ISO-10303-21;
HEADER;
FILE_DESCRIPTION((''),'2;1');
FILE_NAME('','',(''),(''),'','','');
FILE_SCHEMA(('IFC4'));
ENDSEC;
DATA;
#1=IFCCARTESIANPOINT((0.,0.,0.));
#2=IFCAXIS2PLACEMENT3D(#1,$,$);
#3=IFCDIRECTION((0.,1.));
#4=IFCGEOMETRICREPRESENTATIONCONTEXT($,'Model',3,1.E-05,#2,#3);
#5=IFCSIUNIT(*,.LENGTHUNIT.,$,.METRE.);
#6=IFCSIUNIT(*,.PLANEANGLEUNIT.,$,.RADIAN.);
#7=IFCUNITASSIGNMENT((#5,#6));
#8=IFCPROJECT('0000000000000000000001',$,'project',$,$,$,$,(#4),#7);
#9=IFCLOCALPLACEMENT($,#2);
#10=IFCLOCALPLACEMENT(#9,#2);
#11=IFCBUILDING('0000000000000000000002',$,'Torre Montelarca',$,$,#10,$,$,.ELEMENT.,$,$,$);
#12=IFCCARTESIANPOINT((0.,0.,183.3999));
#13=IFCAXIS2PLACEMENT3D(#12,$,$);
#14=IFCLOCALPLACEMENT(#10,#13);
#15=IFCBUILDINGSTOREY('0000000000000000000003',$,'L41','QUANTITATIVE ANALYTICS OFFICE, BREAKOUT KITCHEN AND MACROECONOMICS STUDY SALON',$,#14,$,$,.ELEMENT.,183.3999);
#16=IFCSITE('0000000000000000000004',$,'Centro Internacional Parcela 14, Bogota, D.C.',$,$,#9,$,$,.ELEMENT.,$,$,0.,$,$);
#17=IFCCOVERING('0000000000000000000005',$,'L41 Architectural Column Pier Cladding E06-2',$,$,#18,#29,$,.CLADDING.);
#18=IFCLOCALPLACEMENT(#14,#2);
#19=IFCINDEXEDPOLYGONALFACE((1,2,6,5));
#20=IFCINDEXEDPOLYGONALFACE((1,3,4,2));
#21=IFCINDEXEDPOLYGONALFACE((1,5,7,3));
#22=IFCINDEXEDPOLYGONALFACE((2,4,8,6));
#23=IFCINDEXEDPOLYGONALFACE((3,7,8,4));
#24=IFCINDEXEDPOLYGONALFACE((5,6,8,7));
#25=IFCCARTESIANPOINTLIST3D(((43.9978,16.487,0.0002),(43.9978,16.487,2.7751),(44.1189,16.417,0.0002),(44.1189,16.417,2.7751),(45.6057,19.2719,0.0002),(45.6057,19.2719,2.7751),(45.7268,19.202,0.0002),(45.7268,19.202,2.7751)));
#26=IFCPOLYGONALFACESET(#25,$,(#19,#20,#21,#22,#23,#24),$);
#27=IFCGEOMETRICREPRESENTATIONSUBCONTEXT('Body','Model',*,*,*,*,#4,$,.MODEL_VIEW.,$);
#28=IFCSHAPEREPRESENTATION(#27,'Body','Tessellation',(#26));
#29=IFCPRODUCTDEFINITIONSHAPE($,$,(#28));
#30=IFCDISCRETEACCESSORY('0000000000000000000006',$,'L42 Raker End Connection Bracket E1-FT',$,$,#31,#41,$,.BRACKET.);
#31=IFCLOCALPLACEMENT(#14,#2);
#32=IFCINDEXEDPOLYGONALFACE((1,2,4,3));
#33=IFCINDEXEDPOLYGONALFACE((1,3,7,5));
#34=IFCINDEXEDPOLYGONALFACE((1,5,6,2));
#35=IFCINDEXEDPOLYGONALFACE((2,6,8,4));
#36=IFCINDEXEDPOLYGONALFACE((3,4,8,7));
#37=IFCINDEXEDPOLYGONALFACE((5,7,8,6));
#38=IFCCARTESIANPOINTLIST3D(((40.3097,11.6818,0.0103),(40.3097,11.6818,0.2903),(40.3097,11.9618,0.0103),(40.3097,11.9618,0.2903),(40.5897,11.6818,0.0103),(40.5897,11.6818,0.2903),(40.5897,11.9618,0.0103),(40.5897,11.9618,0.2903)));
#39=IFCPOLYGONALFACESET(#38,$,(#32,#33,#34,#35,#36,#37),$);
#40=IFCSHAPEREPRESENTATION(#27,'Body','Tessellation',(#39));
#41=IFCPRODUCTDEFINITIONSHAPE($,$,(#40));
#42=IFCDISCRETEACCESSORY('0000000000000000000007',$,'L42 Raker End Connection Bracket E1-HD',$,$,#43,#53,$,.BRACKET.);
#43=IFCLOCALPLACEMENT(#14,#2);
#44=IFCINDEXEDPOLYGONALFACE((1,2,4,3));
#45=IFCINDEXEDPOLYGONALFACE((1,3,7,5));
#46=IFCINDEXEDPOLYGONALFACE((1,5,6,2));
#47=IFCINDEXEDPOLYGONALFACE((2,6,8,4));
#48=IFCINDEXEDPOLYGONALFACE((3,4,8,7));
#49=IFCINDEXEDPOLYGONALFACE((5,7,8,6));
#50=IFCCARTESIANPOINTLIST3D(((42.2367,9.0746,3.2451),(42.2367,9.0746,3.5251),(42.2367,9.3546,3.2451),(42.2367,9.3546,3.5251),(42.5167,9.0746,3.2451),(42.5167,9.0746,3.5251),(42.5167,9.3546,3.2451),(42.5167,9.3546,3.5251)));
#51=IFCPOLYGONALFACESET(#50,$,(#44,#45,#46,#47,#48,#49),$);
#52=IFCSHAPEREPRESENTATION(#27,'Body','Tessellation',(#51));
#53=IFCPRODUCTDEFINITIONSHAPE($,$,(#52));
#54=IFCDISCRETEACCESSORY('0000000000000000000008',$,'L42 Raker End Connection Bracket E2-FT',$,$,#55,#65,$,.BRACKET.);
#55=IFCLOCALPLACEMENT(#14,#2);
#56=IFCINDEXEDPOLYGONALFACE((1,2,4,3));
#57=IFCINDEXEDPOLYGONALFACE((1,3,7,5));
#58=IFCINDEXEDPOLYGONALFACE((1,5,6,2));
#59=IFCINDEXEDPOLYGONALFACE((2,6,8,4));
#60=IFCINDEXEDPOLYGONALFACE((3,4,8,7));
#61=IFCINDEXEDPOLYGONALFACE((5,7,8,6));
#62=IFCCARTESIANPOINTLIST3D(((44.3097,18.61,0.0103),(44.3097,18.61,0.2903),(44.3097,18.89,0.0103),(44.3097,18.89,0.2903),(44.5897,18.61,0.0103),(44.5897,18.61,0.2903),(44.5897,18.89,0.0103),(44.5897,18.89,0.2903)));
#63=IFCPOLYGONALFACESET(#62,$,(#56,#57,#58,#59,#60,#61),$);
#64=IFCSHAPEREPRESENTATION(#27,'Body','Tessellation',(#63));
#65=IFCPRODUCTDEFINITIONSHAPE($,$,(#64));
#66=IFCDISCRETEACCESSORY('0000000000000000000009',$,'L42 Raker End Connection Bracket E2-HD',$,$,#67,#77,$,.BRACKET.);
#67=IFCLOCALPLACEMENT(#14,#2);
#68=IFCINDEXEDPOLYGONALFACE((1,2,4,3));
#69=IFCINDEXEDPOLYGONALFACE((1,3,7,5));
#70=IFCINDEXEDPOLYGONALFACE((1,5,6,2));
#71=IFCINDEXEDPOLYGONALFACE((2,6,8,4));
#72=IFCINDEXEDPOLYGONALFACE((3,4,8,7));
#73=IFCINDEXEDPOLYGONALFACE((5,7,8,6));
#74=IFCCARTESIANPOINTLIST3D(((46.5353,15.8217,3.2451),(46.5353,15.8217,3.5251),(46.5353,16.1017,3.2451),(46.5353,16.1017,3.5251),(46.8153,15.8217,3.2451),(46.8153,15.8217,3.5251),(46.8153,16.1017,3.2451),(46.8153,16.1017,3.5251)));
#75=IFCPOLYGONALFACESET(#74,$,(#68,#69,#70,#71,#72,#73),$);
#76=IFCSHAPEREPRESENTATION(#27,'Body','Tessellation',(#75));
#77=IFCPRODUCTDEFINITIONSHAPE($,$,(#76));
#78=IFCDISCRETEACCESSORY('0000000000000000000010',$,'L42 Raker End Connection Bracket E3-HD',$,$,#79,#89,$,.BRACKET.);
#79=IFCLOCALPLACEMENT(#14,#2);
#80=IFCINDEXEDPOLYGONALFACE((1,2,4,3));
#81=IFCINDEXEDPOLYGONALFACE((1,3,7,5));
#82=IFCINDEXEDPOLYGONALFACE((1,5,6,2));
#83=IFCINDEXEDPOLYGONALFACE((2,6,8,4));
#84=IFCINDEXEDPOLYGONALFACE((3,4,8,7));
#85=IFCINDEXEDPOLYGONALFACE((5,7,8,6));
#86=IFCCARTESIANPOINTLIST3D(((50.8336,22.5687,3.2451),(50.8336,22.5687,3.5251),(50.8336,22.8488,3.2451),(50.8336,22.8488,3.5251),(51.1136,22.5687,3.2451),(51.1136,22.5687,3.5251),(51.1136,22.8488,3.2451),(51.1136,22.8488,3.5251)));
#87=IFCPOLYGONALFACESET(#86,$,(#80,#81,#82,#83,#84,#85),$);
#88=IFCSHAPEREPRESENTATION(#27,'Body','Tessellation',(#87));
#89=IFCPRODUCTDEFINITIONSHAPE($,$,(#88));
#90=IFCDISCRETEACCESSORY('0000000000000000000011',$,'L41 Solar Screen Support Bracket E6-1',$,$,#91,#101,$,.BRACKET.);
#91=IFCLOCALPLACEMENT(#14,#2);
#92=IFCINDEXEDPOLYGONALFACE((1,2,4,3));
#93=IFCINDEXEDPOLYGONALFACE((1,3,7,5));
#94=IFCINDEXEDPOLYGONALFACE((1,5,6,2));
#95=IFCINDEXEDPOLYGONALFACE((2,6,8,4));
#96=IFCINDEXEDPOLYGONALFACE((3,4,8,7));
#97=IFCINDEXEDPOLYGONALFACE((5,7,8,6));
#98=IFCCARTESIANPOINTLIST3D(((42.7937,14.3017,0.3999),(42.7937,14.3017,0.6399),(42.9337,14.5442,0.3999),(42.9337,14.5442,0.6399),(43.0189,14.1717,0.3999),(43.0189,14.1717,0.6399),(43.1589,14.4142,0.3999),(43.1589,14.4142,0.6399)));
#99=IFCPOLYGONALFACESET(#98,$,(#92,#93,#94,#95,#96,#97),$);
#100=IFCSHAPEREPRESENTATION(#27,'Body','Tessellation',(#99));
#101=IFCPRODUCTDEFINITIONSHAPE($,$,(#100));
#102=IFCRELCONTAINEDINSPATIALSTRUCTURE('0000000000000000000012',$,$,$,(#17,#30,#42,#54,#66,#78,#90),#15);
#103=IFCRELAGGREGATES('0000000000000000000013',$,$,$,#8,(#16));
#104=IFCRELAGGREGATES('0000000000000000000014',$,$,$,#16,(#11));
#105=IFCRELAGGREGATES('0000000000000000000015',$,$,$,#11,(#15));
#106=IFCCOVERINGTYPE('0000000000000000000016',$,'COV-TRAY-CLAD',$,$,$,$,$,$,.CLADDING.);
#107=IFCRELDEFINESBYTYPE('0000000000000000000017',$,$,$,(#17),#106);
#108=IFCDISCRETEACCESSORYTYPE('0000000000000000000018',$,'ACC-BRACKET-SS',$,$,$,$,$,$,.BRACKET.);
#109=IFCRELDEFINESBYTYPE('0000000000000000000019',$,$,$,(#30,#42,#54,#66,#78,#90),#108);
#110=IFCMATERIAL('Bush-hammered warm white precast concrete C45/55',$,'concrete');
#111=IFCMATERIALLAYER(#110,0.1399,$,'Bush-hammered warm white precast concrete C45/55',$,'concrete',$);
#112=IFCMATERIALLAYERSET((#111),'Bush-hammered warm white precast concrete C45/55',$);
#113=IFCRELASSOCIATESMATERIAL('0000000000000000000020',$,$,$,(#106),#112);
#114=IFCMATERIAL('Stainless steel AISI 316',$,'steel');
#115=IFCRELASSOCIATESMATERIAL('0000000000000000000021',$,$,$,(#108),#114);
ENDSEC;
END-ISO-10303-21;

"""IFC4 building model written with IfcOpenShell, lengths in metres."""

from ifc_helpers import new_model, si_unit, direction, frame, origin, origin_2d, place, context, subcontext, project, spatial, rectangle, extrude, source, transform, mapped, material, layer, layer_set, type_object, element, save


model = new_model("IFC4")

# Units and contexts
model_context = context("Model", 3, precision=1e-05, world=origin(), true_north=direction((0.0, 1.0)))
body_context = subcontext(model_context, "Body", "Model", "MODEL_VIEW")
ifc_project = project(units=[si_unit("LENGTHUNIT", "METRE"), si_unit("PLANEANGLEUNIT", "RADIAN")], contexts=[model_context])

# Site, building, storey
site_placement = place(None, origin())
site = spatial("IfcSite", under=ifc_project, at=site_placement, Name="Centro Internacional Parcela 14, Bogota, D.C.", CompositionType="ELEMENT", RefElevation=0.0)
building_placement = place(site_placement, origin())
building = spatial("IfcBuilding", under=site, at=building_placement, Name="Torre Montelarca", CompositionType="ELEMENT")
storey_placement = place(building_placement, frame((0.0, 0.0, 183.3999)))
storey = spatial("IfcBuildingStorey", under=building, at=storey_placement, Name="L41", Description="QUANTITATIVE ANALYTICS OFFICE, BREAKOUT KITCHEN AND MACROECONOMICS STUDY SALON", CompositionType="ELEMENT", Elevation=183.3999)

# Shared definitions
ifc_material_1 = material(Name="Bush-hammered warm white precast concrete C45/55", Category="concrete")
ifc_layer_1 = layer(ifc_material_1, 0.1399, Name="Bush-hammered warm white precast concrete C45/55", Category="concrete")
ifc_layer_set_1 = layer_set([ifc_layer_1], Name="Bush-hammered warm white precast concrete C45/55")
covering_type = type_object("IfcCoveringType", Name="COV-TRAY-CLAD", PredefinedType="CLADDING", material=ifc_layer_set_1)

# Covering
shared_shape_1 = source(origin(), body_context, "Body", "SweptSolid", [
    extrude(rectangle(XDim=3.2158, YDim=0.1399, at=origin_2d()), origin(), (0.0, 0.0, 1.0), 2.7749),
])
covering_1_placement = place(storey_placement, frame((44.8623, 17.8445, 0.0002), z_axis=(0.0, 0.0, 1.0), x_axis=(0.500002, 0.866025, 0.0)))
element("IfcCovering", 1, at=covering_1_placement, inside=storey, type_object=covering_type, Name="L41 Architectural Column Pier Cladding E06-2", PredefinedType="CLADDING", context=body_context, shape_type="MappedRepresentation", body=[
    mapped(shared_shape_1, transform((0.0, 0.0, 0.0), scale=1.0)),
])

# Discrete accessories
ifc_material_2 = material(Name="Stainless steel AISI 316", Category="steel")
discrete_accessory_type = type_object("IfcDiscreteAccessoryType", Name="ACC-BRACKET-SS", PredefinedType="BRACKET", material=ifc_material_2)
shared_shape_2 = source(origin(), body_context, "Body", "SweptSolid", [
    extrude(rectangle(XDim=0.28, YDim=0.28, at=origin_2d()), origin(), (0.0, 0.0, 1.0), 0.28),
])
for number, where, z_axis, x_axis, name in (
    (2, (40.4497, 11.8218, 0.0103), (0.0, 0.0, 1.0), (1.0, 0.0, 0.0), "L42 Raker End Connection Bracket E1-FT"),
    (3, (42.3767, 9.2146, 3.2451), (0.0, 0.0, 1.0), (1.0, 0.0, 0.0), "L42 Raker End Connection Bracket E1-HD"),
    (4, (44.4497, 18.75, 0.0103), (0.0, 0.0, 1.0), (1.0, 0.0, 0.0), "L42 Raker End Connection Bracket E2-FT"),
    (5, (46.6753, 15.9617, 3.2451), (0.0, 0.0, 1.0), (1.0, 0.0, 0.0), "L42 Raker End Connection Bracket E2-HD"),
    (6, (50.9736, 22.7087, 3.2451), (0.0, 0.0, 1.0), (1.0, 0.0, 0.0), "L42 Raker End Connection Bracket E3-HD"),
):
    element("IfcDiscreteAccessory", number, at=place(storey_placement, frame(where, z_axis=z_axis, x_axis=x_axis)), inside=storey, type_object=discrete_accessory_type, Name=name, PredefinedType="BRACKET", context=body_context, shape_type="MappedRepresentation", body=[
        mapped(shared_shape_2, transform((0.0, 0.0, 0.0), scale=1.0)),
    ])
shared_shape_3 = source(origin(), body_context, "Body", "SweptSolid", [
    extrude(rectangle(XDim=0.28, YDim=0.26, at=origin_2d()), origin(), (0.0, 0.0, 1.0), 0.24),
])
discrete_accessory_placement = place(storey_placement, frame((42.9763, 14.3579, 0.3999), z_axis=(0.0, 0.0, 1.0), x_axis=(0.5, 0.866025, 0.0)))
element("IfcDiscreteAccessory", 7, at=discrete_accessory_placement, inside=storey, type_object=discrete_accessory_type, Name="L41 Solar Screen Support Bracket E6-1", PredefinedType="BRACKET", context=body_context, shape_type="MappedRepresentation", body=[
    mapped(shared_shape_3, transform((0.0, 0.0, 0.0), scale=1.0)),
])

save(model, "model.ifc")
